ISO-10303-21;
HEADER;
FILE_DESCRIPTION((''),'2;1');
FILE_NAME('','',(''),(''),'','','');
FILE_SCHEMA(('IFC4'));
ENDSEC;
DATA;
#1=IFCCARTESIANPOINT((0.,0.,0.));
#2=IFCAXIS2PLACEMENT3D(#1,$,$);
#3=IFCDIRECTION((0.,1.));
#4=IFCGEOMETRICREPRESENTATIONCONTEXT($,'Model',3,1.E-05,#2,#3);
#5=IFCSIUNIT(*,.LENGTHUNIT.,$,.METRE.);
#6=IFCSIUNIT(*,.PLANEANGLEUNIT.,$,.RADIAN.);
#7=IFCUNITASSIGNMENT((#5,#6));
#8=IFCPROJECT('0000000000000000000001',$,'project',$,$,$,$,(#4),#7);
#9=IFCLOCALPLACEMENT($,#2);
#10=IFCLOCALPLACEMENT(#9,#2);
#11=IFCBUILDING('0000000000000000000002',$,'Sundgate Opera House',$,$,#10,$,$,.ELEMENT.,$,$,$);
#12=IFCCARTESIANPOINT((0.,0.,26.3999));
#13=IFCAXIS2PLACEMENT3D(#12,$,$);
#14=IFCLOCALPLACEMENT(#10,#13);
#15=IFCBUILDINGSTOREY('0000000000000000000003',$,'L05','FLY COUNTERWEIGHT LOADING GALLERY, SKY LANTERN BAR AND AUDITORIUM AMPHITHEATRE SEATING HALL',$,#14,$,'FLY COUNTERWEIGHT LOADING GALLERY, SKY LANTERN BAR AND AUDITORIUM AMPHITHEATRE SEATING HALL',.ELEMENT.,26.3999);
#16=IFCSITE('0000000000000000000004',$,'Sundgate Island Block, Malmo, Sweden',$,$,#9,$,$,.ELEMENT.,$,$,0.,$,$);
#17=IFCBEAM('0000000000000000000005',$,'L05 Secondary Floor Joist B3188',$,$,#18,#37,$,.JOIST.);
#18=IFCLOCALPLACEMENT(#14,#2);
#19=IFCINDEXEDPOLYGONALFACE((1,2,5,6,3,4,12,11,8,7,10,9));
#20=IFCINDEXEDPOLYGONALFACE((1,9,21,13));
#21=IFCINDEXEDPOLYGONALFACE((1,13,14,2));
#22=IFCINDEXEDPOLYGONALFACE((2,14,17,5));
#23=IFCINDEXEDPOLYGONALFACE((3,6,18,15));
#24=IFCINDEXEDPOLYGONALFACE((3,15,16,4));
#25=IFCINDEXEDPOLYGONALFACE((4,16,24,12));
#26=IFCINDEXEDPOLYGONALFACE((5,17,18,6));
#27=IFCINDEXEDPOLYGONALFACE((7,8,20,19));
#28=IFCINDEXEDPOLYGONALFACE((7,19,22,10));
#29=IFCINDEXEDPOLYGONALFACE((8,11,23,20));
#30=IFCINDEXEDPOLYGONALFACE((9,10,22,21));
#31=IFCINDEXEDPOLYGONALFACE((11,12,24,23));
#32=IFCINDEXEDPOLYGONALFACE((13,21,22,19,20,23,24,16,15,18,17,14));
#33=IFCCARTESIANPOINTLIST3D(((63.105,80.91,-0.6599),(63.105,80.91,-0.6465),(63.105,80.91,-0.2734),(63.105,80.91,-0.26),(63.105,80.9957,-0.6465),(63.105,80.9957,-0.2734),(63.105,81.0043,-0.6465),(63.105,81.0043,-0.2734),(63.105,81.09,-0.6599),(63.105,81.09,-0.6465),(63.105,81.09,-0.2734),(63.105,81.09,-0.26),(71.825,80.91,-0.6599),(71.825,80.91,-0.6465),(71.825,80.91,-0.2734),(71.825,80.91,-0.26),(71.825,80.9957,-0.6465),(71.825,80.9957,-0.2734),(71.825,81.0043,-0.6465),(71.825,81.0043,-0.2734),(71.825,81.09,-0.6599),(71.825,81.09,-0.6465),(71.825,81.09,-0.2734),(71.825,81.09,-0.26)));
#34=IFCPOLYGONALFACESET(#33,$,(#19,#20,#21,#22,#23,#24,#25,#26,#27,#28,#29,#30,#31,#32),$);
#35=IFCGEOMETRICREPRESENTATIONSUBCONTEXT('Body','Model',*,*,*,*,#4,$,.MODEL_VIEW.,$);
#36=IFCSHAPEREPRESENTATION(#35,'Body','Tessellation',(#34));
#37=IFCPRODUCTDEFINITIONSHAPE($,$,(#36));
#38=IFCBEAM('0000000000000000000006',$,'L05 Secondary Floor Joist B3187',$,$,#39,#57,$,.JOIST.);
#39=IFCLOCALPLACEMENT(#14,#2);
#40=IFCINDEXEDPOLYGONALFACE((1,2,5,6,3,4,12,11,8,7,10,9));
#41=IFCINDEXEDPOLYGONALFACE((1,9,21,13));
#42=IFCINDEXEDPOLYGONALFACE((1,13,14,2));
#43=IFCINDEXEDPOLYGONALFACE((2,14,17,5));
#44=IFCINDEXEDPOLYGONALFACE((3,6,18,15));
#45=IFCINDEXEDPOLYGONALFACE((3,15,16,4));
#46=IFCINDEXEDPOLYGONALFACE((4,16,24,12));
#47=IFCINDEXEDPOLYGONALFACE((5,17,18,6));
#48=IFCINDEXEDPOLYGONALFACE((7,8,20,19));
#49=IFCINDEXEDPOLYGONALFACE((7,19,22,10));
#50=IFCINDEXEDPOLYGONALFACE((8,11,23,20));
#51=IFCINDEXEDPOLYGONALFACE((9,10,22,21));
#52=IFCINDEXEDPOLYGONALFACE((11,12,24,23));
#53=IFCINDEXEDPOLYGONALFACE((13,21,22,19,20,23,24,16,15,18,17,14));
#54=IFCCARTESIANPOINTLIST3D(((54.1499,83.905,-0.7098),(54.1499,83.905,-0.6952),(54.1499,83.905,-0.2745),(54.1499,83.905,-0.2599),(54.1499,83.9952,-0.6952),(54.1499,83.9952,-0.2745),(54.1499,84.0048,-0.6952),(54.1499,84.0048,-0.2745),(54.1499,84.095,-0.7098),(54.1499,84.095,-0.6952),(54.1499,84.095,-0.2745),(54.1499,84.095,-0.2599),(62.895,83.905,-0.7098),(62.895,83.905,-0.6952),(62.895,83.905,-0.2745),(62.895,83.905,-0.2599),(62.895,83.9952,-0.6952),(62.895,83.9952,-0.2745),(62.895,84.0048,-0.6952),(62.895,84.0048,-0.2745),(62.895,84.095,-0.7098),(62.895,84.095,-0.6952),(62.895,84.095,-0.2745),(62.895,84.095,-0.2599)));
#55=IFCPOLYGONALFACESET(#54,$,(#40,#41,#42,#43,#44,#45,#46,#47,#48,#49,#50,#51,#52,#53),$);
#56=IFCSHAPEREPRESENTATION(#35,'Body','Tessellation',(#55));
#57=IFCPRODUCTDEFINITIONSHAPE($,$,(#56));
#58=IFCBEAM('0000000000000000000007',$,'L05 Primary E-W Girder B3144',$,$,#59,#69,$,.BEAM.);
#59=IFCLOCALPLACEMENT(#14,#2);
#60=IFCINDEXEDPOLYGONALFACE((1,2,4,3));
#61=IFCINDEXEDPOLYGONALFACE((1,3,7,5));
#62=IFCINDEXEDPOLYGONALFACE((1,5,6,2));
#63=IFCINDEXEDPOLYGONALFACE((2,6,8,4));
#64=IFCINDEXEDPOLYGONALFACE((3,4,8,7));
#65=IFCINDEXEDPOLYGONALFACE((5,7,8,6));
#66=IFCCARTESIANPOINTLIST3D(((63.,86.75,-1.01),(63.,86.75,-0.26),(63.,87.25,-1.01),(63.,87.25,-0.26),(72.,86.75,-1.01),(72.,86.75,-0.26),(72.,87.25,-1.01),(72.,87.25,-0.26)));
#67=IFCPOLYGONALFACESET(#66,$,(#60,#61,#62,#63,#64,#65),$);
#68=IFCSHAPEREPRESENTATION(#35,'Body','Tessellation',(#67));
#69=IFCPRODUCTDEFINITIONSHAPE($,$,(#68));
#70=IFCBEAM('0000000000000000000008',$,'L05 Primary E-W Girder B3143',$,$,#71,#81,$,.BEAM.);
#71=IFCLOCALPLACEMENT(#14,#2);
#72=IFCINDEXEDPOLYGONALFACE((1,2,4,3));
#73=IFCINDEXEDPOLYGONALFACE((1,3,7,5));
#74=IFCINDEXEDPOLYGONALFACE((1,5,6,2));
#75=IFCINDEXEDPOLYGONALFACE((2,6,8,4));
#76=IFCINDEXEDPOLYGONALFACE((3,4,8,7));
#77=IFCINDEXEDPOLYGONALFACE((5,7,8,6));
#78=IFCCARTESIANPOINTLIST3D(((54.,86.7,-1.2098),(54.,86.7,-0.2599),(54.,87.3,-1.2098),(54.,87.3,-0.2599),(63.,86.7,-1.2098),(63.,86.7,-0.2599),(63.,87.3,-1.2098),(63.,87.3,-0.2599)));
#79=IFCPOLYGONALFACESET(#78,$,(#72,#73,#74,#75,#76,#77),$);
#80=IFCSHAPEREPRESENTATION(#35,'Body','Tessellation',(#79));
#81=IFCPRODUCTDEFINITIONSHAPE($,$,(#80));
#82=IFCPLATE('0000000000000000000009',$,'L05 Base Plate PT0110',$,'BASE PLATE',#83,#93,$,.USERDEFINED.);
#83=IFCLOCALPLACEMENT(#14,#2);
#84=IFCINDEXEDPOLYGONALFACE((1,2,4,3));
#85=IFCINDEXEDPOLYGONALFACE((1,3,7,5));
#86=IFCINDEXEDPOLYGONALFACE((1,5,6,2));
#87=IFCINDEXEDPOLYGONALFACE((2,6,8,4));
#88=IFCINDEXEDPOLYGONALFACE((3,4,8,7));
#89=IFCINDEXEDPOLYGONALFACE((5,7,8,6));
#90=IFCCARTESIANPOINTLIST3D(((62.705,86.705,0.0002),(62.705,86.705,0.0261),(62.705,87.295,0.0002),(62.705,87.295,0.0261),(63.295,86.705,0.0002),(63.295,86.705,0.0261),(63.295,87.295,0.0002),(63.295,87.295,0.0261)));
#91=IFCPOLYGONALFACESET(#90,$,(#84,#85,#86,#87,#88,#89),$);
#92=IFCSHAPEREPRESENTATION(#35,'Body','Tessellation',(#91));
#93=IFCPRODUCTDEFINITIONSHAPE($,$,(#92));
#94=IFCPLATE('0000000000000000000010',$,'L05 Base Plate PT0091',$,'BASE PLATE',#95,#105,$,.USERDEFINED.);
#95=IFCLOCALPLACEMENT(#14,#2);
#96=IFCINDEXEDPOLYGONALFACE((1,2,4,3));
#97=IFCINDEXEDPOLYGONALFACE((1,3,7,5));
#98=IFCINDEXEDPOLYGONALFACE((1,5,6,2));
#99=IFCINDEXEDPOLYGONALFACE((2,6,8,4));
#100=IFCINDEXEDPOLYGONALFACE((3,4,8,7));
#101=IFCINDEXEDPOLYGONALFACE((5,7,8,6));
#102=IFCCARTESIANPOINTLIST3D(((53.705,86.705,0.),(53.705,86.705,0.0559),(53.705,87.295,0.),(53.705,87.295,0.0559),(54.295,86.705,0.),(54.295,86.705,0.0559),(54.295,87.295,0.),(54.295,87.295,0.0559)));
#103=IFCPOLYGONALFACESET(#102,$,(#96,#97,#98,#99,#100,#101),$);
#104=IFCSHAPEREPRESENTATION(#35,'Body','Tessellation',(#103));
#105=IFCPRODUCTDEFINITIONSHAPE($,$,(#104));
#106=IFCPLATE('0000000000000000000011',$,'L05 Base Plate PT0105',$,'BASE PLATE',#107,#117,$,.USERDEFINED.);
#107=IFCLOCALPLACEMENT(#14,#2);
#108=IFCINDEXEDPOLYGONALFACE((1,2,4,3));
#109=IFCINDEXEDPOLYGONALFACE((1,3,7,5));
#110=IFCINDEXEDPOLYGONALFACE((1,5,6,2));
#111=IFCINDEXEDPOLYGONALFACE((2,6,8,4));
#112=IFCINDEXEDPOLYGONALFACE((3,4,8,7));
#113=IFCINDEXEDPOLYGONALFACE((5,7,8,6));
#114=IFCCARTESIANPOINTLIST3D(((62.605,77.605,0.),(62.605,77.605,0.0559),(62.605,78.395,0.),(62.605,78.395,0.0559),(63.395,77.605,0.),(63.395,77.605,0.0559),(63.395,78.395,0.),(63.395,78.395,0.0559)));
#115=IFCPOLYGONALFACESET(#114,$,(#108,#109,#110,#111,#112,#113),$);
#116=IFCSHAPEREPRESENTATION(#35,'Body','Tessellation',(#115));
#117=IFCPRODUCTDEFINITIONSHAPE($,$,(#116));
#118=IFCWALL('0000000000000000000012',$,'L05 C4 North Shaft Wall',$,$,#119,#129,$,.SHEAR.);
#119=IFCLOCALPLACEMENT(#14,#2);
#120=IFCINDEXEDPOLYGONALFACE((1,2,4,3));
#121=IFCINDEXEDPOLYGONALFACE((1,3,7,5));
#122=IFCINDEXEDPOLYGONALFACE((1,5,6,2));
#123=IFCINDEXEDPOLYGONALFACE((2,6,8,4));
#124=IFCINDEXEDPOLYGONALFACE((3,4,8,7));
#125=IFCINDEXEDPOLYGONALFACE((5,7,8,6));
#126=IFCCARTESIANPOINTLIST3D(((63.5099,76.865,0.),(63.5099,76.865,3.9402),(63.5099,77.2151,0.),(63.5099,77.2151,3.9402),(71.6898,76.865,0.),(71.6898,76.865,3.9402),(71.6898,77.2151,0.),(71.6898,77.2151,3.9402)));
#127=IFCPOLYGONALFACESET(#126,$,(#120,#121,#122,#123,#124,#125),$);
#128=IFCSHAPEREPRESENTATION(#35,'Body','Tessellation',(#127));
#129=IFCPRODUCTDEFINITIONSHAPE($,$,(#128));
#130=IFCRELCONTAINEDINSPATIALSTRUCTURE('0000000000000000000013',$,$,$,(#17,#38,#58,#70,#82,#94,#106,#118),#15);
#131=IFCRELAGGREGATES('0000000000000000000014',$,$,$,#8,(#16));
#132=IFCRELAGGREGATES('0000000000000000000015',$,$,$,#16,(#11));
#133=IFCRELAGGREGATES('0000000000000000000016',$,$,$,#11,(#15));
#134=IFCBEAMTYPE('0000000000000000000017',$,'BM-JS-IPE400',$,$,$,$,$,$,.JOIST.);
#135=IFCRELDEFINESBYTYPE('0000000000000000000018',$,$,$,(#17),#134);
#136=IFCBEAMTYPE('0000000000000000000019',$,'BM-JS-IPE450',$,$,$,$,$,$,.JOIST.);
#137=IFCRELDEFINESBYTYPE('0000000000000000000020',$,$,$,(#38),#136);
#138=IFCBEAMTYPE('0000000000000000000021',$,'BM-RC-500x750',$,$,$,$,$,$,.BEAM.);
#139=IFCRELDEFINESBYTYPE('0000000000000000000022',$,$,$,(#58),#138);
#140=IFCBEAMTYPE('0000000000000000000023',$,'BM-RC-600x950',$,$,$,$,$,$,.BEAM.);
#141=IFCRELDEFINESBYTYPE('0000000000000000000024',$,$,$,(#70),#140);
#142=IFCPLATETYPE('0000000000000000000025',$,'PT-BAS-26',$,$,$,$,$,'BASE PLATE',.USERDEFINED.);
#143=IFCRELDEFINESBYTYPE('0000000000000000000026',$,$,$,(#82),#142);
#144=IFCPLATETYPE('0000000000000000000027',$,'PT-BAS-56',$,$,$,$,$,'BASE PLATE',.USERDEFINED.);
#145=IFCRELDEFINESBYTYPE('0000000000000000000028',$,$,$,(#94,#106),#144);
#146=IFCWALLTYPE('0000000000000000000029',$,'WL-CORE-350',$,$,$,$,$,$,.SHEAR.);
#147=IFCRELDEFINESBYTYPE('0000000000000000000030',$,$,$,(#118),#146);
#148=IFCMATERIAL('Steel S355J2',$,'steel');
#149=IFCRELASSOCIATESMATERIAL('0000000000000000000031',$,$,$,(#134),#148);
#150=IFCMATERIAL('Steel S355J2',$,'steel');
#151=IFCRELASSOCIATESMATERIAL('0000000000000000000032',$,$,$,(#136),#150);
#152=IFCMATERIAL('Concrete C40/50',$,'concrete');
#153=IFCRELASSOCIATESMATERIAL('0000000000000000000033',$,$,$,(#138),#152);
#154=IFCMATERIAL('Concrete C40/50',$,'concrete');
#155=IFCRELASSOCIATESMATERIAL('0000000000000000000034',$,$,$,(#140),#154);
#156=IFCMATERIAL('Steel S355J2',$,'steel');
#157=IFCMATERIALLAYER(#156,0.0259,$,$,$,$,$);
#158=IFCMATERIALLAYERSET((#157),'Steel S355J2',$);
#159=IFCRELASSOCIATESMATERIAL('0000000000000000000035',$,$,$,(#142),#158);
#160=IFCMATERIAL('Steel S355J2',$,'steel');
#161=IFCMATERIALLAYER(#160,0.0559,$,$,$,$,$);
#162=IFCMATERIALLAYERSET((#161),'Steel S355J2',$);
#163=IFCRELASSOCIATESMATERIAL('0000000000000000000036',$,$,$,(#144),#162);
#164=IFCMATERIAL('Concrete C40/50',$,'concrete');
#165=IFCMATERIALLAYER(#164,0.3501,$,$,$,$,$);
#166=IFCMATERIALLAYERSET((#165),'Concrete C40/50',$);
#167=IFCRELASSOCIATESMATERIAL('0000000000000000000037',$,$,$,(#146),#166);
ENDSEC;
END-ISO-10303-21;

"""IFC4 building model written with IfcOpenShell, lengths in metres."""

from ifc_helpers import new_model, si_unit, direction, frame, frame_2d, origin, origin_2d, place, context, subcontext, project, spatial, rectangle, i_section, extrude, material, layer, layer_set, material_profile, profile_set, type_object, element, save


model = new_model("IFC4")

# Units and contexts
model_context = context("Model", 3, precision=1e-05, world=origin(), true_north=direction((0.0, 1.0)))
body_context = subcontext(model_context, "Body", "Model", "MODEL_VIEW")
ifc_project = project(units=[si_unit("LENGTHUNIT", "METRE"), si_unit("PLANEANGLEUNIT", "RADIAN")], contexts=[model_context])

# Site, building, storey
site_placement = place(None, origin())
site = spatial("IfcSite", under=ifc_project, at=site_placement, Name="Sundgate Island Block, Malmo, Sweden", CompositionType="ELEMENT", RefElevation=0.0)
building_placement = place(site_placement, origin())
building = spatial("IfcBuilding", under=site, at=building_placement, Name="Sundgate Opera House", CompositionType="ELEMENT")
storey_placement = place(building_placement, frame((0.0, 0.0, 26.3999)))
storey = spatial("IfcBuildingStorey", under=building, at=storey_placement, Name="L05", Description="FLY COUNTERWEIGHT LOADING GALLERY, SKY LANTERN BAR AND AUDITORIUM AMPHITHEATRE SEATING HALL", LongName="FLY COUNTERWEIGHT LOADING GALLERY, SKY LANTERN BAR AND AUDITORIUM AMPHITHEATRE SEATING HALL", CompositionType="ELEMENT", Elevation=26.3999)

# Beams
ifc_material_1 = material(Name="Steel S355J2", Category="steel")
ifc_material_profile_1 = material_profile(ifc_material_1, i_section(OverallWidth=0.1799, OverallDepth=0.3999, WebThickness=0.0085, FlangeThickness=0.0134, at=origin_2d()), Name="IPE 400")
ifc_profile_set_1 = profile_set([ifc_material_profile_1], Name="Steel S355J2")
beam_type_1 = type_object("IfcBeamType", Name="BM-JS-IPE400", PredefinedType="JOIST", material=ifc_profile_set_1)
beam_1_placement = place(storey_placement, frame((63.105, 81.0, -0.46), z_axis=(1.0, 0.0, 0.0), x_axis=(0.0, 1.0, 0.0)))
element("IfcBeam", 1, at=beam_1_placement, inside=storey, type_object=beam_type_1, Name="L05 Secondary Floor Joist B3188", PredefinedType="JOIST", context=body_context, shape_type="SweptSolid", body=[
    extrude(i_section(OverallWidth=0.1799, OverallDepth=0.3999, WebThickness=0.0085, FlangeThickness=0.0134, at=origin_2d()), origin(), (0.0, 0.0, 1.0), 8.72),
])
ifc_material_2 = material(Name="Steel S355J2", Category="steel")
ifc_material_profile_2 = material_profile(ifc_material_2, i_section(OverallWidth=0.1899, OverallDepth=0.45, WebThickness=0.0095, FlangeThickness=0.0146, at=origin_2d()), Name="IPE 450")
ifc_profile_set_2 = profile_set([ifc_material_profile_2], Name="Steel S355J2")
beam_type_2 = type_object("IfcBeamType", Name="BM-JS-IPE450", PredefinedType="JOIST", material=ifc_profile_set_2)
beam_2_placement = place(storey_placement, frame((54.1499, 84.0, -0.4849), z_axis=(1.0, 0.0, 0.0), x_axis=(0.0, 1.0, 0.0)))
element("IfcBeam", 2, at=beam_2_placement, inside=storey, type_object=beam_type_2, Name="L05 Secondary Floor Joist B3187", PredefinedType="JOIST", context=body_context, shape_type="SweptSolid", body=[
    extrude(i_section(OverallWidth=0.1899, OverallDepth=0.45, WebThickness=0.0095, FlangeThickness=0.0146, at=origin_2d()), origin(), (0.0, 0.0, 1.0), 8.7451),
])
ifc_material_3 = material(Name="Concrete C40/50", Category="concrete")
ifc_material_profile_3 = material_profile(ifc_material_3, rectangle(XDim=0.5, YDim=0.75, at=origin_2d()), Name="RC 500x750")
ifc_profile_set_3 = profile_set([ifc_material_profile_3], Name="Concrete C40/50")
beam_type_3 = type_object("IfcBeamType", Name="BM-RC-500x750", PredefinedType="BEAM", material=ifc_profile_set_3)
beam_3_placement = place(storey_placement, frame((63.0, 87.0, -0.635), z_axis=(1.0, 0.0, 0.0), x_axis=(0.0, 1.0, 0.0)))
element("IfcBeam", 3, at=beam_3_placement, inside=storey, type_object=beam_type_3, Name="L05 Primary E-W Girder B3144", PredefinedType="BEAM", context=body_context, shape_type="SweptSolid", body=[
    extrude(rectangle(XDim=0.5, YDim=0.75, at=origin_2d()), origin(), (0.0, 0.0, 1.0), 9.0),
])
ifc_material_4 = material(Name="Concrete C40/50", Category="concrete")
ifc_material_profile_4 = material_profile(ifc_material_4, rectangle(XDim=0.6001, YDim=0.95, at=origin_2d()), Name="RC 600x950")
ifc_profile_set_4 = profile_set([ifc_material_profile_4], Name="Concrete C40/50")
beam_type_4 = type_object("IfcBeamType", Name="BM-RC-600x950", PredefinedType="BEAM", material=ifc_profile_set_4)
beam_4_placement = place(storey_placement, frame((54.0, 87.0, -0.7349), z_axis=(1.0, 0.0, 0.0), x_axis=(0.0, 1.0, 0.0)))
element("IfcBeam", 4, at=beam_4_placement, inside=storey, type_object=beam_type_4, Name="L05 Primary E-W Girder B3143", PredefinedType="BEAM", context=body_context, shape_type="SweptSolid", body=[
    extrude(rectangle(XDim=0.6001, YDim=0.95, at=origin_2d()), origin(), (0.0, 0.0, 1.0), 9.0),
])

# Plates
ifc_material_5 = material(Name="Steel S355J2", Category="steel")
ifc_layer_1 = layer(ifc_material_5, 0.0259)
ifc_layer_set_1 = layer_set([ifc_layer_1], Name="Steel S355J2")
plate_type_1 = type_object("IfcPlateType", Name="PT-BAS-26", ElementType="BASE PLATE", PredefinedType="USERDEFINED", material=ifc_layer_set_1)
plate_1_placement = place(storey_placement, frame((63.0, 87.0, 0.0002), z_axis=(0.0, 0.0, 1.0), x_axis=(1.0, 0.0, 0.0)))
element("IfcPlate", 5, at=plate_1_placement, inside=storey, type_object=plate_type_1, Name="L05 Base Plate PT0110", ObjectType="BASE PLATE", PredefinedType="USERDEFINED", context=body_context, shape_type="SweptSolid", body=[
    extrude(rectangle(XDim=0.5901, YDim=0.5901, at=origin_2d()), origin(), (0.0, 0.0, 1.0), 0.0259),
])
ifc_material_6 = material(Name="Steel S355J2", Category="steel")
ifc_layer_2 = layer(ifc_material_6, 0.0559)
ifc_layer_set_2 = layer_set([ifc_layer_2], Name="Steel S355J2")
plate_type_2 = type_object("IfcPlateType", Name="PT-BAS-56", ElementType="BASE PLATE", PredefinedType="USERDEFINED", material=ifc_layer_set_2)
plate_2_placement = place(storey_placement, frame((54.0, 87.0, 0.0), z_axis=(0.0, 0.0, 1.0), x_axis=(1.0, 0.0, 0.0)))
element("IfcPlate", 6, at=plate_2_placement, inside=storey, type_object=plate_type_2, Name="L05 Base Plate PT0091", ObjectType="BASE PLATE", PredefinedType="USERDEFINED", context=body_context, shape_type="SweptSolid", body=[
    extrude(rectangle(XDim=0.5901, YDim=0.5901, at=origin_2d()), origin(), (0.0, 0.0, 1.0), 0.0559),
])
plate_3_placement = place(storey_placement, frame((63.0, 78.0, 0.0), z_axis=(0.0, 0.0, 1.0), x_axis=(1.0, 0.0, 0.0)))
element("IfcPlate", 7, at=plate_3_placement, inside=storey, type_object=plate_type_2, Name="L05 Base Plate PT0105", ObjectType="BASE PLATE", PredefinedType="USERDEFINED", context=body_context, shape_type="SweptSolid", body=[
    extrude(rectangle(XDim=0.79, YDim=0.79, at=origin_2d()), origin(), (0.0, 0.0, 1.0), 0.0559),
])

# Wall
ifc_material_7 = material(Name="Concrete C40/50", Category="concrete")
ifc_layer_3 = layer(ifc_material_7, 0.3501)
ifc_layer_set_3 = layer_set([ifc_layer_3], Name="Concrete C40/50")
wall_type_1 = type_object("IfcWallType", Name="WL-CORE-350", PredefinedType="SHEAR", material=ifc_layer_set_3)
wall_1_placement = place(storey_placement, frame((63.51, 77.04, 0.0), z_axis=(0.0, 0.0, 1.0), x_axis=(1.0, 0.0, 0.0)))
element("IfcWall", 8, at=wall_1_placement, inside=storey, type_object=wall_type_1, Name="L05 C4 North Shaft Wall", PredefinedType="SHEAR", context=body_context, shape_type="SweptSolid", body=[
    extrude(rectangle(XDim=8.1799, YDim=0.3501, at=frame_2d((4.0898, 0.0))), origin(), (0.0, 0.0, 1.0), 3.9402),
])

save(model, "model.ifc")
